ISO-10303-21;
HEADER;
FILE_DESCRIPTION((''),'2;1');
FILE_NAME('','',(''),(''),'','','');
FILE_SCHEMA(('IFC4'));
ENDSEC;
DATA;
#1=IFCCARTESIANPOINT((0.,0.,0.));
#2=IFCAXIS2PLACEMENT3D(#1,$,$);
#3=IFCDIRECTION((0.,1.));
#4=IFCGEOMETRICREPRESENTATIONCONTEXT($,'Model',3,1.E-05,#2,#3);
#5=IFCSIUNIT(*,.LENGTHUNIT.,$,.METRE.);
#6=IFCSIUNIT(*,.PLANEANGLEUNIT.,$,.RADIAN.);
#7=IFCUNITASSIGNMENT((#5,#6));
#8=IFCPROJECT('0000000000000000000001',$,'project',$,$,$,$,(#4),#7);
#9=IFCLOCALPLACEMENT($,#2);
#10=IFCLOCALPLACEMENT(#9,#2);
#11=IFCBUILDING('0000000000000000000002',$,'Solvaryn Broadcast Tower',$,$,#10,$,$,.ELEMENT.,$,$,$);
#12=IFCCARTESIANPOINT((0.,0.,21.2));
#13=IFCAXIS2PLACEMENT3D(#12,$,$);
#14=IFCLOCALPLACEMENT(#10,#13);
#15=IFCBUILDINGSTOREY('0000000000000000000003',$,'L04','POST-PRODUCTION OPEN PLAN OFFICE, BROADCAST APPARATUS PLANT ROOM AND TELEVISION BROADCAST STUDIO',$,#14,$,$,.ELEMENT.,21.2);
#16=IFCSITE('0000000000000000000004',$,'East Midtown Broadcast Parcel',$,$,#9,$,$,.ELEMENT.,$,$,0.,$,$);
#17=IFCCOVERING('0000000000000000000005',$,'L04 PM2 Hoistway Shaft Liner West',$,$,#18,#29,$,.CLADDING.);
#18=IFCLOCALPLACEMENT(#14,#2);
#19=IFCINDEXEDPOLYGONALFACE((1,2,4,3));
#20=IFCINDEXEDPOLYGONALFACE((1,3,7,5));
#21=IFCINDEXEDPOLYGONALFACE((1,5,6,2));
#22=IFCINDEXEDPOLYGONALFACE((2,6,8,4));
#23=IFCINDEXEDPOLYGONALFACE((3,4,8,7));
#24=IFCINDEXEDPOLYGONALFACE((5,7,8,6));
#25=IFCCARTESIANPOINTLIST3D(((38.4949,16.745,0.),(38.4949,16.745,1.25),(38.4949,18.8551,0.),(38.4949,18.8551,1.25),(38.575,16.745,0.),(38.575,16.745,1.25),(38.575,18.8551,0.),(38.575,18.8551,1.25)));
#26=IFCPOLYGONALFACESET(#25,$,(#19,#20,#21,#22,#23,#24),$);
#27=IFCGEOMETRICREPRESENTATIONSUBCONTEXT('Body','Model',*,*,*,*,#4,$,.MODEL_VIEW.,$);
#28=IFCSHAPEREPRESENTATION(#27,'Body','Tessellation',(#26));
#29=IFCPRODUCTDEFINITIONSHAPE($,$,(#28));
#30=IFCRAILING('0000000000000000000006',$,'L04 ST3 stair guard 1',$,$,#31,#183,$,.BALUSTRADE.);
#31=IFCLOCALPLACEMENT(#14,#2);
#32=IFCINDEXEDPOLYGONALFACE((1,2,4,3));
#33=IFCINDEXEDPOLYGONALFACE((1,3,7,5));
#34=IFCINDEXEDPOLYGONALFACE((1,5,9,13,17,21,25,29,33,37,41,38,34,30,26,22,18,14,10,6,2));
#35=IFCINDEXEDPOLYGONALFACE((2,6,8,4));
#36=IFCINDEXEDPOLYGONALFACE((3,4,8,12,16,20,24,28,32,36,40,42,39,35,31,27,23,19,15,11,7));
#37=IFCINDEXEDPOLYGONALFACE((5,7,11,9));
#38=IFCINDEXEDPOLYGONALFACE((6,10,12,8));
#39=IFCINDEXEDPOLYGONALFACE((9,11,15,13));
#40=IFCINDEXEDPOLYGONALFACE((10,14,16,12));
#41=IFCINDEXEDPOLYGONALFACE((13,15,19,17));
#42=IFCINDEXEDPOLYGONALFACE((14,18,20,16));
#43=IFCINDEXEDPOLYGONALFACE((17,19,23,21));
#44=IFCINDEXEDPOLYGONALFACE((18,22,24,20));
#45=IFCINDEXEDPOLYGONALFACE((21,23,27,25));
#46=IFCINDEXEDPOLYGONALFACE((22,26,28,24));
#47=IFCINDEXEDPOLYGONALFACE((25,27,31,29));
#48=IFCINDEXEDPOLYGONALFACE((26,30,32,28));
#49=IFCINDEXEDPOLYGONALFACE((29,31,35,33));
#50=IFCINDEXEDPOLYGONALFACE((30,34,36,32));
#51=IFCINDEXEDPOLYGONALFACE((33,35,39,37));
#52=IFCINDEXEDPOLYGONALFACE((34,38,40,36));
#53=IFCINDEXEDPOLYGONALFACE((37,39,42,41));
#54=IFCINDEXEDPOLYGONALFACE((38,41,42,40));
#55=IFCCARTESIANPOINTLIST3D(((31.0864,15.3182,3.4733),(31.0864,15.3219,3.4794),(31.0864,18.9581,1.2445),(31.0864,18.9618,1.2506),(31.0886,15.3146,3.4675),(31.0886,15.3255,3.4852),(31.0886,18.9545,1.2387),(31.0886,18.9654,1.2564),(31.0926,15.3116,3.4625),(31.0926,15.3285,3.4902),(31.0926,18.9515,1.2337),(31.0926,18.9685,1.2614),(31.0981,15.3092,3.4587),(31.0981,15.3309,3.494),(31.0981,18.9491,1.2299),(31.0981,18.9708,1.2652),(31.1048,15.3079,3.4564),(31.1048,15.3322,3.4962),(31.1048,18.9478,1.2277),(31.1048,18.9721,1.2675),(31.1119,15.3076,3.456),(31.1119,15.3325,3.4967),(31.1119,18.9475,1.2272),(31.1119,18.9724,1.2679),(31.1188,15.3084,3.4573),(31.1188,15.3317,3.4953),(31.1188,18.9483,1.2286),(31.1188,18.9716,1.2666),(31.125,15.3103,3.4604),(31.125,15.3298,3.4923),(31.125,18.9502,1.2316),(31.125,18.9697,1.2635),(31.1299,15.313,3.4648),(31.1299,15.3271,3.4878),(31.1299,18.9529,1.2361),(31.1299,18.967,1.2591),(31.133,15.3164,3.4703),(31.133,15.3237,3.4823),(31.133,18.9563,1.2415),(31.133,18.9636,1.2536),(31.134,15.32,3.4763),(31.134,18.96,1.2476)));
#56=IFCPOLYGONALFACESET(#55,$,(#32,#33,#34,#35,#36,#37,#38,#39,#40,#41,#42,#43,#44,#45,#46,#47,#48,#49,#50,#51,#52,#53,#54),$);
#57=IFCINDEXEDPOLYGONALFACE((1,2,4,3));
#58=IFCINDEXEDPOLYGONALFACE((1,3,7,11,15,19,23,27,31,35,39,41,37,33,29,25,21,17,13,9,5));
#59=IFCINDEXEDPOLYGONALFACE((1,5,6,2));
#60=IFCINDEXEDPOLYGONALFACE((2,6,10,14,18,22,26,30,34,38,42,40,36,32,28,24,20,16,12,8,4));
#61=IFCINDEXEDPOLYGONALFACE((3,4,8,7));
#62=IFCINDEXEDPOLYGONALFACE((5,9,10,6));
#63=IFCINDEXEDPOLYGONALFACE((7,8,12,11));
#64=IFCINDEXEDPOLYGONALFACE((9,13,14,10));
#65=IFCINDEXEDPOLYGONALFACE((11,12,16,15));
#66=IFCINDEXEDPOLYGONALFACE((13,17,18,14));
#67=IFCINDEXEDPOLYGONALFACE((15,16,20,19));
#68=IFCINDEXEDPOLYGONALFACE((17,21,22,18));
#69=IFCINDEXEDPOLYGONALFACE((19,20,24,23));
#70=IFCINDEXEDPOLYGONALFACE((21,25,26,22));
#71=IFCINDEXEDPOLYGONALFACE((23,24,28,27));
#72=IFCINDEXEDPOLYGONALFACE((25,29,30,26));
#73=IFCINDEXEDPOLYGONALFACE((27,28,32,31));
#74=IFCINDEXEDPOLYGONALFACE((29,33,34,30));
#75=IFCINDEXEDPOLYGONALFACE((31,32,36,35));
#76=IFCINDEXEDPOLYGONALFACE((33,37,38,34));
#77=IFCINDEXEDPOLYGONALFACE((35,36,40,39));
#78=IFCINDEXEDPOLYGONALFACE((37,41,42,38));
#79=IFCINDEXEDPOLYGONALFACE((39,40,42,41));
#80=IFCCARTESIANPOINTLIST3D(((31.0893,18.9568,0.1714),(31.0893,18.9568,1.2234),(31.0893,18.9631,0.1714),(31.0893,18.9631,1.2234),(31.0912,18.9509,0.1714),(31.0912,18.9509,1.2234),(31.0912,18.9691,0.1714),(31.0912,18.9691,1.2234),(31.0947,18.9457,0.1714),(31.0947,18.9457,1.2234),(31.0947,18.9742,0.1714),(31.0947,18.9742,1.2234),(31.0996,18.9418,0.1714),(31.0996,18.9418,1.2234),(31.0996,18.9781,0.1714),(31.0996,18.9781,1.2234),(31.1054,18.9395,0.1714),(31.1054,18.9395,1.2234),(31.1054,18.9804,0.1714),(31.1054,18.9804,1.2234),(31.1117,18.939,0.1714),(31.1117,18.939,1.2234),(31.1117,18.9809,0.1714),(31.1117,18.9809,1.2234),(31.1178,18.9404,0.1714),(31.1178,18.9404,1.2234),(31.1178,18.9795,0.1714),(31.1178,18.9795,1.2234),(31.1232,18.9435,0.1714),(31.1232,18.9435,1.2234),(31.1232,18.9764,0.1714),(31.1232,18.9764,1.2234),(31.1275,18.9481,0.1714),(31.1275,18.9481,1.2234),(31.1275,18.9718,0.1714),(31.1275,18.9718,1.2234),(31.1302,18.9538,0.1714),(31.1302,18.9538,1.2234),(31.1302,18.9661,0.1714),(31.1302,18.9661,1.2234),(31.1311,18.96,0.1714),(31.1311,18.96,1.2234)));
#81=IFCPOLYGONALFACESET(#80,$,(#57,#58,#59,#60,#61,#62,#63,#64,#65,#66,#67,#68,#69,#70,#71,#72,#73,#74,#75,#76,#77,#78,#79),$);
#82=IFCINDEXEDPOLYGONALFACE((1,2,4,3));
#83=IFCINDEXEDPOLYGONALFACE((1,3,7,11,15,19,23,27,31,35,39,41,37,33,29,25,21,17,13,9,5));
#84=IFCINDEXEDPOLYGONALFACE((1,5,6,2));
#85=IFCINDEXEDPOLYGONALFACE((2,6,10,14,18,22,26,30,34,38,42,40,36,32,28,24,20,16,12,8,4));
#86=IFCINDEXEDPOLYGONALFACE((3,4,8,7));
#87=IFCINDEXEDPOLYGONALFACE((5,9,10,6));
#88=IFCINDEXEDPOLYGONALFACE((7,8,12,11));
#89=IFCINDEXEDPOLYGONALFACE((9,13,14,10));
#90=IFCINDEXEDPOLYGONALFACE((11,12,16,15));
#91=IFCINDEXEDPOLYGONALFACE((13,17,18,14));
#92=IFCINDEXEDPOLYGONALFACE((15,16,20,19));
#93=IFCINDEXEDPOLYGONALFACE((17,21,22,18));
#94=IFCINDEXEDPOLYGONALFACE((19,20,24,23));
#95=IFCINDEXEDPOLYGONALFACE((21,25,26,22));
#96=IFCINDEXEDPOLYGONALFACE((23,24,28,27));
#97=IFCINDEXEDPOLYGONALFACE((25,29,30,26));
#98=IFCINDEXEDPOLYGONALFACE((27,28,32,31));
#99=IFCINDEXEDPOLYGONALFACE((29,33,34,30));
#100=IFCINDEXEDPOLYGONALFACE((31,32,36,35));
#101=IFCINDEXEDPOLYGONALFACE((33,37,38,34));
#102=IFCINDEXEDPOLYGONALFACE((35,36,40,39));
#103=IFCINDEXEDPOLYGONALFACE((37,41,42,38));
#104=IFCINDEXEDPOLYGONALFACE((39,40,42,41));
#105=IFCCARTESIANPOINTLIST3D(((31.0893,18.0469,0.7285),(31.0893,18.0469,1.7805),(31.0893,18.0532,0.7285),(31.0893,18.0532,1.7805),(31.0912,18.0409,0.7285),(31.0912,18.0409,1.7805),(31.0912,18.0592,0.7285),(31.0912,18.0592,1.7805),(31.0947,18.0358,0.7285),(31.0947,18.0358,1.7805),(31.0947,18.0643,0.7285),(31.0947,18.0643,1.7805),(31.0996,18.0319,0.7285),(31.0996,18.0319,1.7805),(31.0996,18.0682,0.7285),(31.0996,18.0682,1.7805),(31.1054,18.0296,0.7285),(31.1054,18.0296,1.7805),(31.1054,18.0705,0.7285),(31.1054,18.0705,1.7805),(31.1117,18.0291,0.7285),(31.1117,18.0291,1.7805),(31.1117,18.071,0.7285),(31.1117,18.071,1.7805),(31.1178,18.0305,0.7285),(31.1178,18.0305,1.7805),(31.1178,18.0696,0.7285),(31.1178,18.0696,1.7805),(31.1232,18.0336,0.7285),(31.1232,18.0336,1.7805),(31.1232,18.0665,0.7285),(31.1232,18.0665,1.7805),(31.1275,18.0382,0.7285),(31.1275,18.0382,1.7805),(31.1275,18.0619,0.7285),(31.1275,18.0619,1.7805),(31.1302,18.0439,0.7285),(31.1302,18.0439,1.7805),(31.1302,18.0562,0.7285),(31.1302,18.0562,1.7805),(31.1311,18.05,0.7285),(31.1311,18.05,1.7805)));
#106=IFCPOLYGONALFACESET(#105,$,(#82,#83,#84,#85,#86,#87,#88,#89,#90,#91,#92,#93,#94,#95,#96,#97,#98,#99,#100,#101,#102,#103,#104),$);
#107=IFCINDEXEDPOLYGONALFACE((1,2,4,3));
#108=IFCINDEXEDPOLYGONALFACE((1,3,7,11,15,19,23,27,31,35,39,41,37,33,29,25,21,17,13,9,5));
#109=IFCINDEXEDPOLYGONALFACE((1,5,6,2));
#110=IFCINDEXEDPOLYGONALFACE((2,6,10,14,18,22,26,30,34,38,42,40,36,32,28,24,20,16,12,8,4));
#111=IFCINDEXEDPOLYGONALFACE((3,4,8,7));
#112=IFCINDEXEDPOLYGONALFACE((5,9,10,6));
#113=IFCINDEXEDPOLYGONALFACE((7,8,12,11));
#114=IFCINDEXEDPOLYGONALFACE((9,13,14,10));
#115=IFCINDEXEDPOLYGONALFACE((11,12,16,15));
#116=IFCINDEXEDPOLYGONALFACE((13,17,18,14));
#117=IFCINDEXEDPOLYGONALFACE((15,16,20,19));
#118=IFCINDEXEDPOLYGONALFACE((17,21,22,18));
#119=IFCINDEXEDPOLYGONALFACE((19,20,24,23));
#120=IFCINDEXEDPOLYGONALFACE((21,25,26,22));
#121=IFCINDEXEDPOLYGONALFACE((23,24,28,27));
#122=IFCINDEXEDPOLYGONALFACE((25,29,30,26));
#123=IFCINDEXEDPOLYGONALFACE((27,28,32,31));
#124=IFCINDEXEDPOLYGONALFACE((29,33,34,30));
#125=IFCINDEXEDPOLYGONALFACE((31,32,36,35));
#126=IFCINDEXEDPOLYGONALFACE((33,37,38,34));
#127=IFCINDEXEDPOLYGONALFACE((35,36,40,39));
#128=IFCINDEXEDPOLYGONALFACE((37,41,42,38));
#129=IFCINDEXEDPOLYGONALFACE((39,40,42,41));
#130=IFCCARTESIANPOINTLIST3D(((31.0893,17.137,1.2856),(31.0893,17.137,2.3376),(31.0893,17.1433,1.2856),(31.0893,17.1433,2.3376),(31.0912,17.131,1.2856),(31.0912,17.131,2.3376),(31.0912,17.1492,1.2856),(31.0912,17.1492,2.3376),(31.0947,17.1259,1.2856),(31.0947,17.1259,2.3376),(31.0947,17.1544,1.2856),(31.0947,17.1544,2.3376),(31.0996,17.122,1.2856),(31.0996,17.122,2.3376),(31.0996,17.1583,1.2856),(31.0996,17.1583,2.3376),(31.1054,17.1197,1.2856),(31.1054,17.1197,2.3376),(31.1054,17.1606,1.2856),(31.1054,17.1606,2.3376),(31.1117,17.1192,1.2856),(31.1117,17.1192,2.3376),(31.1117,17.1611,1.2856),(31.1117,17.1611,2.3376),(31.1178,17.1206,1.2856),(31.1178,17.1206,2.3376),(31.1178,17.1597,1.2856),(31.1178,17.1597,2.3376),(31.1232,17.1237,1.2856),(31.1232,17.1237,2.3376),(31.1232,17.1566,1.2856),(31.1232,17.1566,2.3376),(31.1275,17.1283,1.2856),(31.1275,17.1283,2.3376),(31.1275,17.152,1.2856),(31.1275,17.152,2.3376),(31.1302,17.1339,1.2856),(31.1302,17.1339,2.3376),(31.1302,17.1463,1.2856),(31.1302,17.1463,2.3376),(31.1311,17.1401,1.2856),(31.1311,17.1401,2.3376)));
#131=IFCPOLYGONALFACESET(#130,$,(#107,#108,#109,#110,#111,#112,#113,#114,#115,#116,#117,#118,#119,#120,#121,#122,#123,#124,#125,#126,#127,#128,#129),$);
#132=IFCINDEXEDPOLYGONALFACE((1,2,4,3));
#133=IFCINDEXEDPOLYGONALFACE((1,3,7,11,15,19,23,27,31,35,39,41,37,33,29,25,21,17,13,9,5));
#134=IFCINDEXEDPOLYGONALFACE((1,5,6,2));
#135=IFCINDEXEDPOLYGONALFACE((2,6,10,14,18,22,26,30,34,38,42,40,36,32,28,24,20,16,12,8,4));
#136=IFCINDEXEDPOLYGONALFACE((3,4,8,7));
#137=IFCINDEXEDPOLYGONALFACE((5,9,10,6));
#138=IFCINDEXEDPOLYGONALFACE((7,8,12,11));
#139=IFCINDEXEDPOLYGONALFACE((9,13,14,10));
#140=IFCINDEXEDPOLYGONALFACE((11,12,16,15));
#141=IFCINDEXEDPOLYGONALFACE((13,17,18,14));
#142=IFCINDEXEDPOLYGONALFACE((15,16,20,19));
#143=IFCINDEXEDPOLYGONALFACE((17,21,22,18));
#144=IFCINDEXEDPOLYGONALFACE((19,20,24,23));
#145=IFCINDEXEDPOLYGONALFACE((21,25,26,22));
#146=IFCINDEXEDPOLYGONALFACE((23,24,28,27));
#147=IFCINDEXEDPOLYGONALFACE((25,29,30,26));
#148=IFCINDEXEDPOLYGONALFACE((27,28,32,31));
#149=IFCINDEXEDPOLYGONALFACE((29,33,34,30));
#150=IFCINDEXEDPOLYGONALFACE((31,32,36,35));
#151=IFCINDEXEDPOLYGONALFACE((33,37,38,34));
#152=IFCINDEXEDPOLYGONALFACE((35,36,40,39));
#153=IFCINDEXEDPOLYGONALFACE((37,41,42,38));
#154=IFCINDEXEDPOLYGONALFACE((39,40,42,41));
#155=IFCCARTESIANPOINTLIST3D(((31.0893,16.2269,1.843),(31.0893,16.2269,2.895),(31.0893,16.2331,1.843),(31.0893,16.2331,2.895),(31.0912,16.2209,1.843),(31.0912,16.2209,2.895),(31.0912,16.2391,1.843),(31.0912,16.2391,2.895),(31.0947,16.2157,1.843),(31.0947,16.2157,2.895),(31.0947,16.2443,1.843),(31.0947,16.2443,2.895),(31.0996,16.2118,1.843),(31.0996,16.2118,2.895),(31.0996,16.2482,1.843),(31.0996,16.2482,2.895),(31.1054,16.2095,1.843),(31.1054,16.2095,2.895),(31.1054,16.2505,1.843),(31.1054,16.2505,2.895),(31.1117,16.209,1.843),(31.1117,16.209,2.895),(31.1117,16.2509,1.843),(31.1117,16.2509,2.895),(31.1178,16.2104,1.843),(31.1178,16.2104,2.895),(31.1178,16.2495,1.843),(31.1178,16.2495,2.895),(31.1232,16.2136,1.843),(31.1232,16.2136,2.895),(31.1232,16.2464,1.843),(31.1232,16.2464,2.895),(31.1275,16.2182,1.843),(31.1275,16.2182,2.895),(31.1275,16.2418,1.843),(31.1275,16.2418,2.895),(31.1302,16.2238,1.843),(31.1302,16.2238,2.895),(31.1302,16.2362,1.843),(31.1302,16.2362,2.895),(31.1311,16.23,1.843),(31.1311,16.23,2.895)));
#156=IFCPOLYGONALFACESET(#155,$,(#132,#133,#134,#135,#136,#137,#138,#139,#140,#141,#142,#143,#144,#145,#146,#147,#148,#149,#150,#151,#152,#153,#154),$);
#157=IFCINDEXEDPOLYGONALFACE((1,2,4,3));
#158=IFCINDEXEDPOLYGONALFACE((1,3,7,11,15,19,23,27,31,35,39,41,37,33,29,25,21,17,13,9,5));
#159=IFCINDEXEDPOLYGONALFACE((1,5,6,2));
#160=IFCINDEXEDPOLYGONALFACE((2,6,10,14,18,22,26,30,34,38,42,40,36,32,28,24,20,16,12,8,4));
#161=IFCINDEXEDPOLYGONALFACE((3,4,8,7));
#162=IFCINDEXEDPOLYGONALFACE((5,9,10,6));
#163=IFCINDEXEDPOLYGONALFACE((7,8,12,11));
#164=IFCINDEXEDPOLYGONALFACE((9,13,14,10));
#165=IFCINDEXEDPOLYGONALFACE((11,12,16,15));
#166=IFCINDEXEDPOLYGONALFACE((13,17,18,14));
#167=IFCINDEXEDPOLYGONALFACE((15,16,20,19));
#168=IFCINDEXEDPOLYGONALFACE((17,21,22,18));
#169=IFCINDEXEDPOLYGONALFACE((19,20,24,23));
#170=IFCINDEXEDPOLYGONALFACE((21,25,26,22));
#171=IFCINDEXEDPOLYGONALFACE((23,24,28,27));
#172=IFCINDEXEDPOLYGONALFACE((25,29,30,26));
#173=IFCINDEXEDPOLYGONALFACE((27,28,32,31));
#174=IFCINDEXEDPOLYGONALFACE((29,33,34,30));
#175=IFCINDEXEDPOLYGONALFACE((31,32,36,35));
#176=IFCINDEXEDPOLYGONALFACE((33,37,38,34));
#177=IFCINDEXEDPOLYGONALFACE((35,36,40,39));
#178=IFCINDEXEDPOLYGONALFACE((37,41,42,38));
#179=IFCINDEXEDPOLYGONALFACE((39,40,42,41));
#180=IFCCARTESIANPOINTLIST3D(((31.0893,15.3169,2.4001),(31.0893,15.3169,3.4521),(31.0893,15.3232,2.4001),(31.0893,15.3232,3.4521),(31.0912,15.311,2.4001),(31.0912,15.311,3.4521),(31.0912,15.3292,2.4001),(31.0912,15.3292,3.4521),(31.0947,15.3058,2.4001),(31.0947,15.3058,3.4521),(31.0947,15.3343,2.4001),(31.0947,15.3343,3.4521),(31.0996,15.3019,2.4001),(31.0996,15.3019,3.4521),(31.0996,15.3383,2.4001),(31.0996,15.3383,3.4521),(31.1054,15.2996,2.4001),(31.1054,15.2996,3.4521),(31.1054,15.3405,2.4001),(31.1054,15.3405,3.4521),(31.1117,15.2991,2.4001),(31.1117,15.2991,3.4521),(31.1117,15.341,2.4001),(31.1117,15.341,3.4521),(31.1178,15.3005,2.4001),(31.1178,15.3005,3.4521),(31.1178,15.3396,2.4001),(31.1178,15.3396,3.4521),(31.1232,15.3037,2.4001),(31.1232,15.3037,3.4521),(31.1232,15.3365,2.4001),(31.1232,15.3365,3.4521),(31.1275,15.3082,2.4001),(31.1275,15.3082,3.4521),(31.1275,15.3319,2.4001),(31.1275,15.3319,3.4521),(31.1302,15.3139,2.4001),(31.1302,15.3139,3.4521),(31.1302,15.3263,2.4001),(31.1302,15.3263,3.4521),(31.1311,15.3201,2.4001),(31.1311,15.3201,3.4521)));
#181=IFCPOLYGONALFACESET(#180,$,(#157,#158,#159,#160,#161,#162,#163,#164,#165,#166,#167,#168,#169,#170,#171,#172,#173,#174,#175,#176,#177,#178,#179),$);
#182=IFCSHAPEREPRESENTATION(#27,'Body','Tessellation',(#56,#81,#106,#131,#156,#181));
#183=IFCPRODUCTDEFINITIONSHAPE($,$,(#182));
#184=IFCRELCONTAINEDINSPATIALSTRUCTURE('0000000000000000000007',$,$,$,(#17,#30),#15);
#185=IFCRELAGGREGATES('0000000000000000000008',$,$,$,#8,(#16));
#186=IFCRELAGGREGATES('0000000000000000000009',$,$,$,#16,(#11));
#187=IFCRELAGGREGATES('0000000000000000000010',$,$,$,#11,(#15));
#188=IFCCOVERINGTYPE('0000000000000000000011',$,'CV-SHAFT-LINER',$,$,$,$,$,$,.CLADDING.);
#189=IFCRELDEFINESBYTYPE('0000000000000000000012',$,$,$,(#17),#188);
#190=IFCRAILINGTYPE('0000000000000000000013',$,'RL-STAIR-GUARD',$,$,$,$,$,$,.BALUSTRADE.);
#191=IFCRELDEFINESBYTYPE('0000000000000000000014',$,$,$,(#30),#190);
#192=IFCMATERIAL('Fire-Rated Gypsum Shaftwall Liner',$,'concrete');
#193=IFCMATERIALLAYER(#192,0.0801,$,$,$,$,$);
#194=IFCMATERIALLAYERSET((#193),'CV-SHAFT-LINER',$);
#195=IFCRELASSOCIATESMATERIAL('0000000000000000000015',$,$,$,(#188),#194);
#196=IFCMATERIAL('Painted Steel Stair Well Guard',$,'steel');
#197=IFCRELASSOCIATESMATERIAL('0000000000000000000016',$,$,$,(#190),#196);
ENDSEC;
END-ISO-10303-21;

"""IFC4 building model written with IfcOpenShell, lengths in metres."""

from ifc_helpers import new_model, si_unit, direction, frame, origin, origin_2d, place, context, subcontext, project, spatial, rectangle, circle, extrude, material, layer, layer_set, type_object, element, save


model = new_model("IFC4")

# Units and contexts
model_context = context("Model", 3, precision=1e-05, world=origin(), true_north=direction((0.0, 1.0)))
body_context = subcontext(model_context, "Body", "Model", "MODEL_VIEW")
ifc_project = project(units=[si_unit("LENGTHUNIT", "METRE"), si_unit("PLANEANGLEUNIT", "RADIAN")], contexts=[model_context])

# Site, building, storey
site_placement = place(None, origin())
site = spatial("IfcSite", under=ifc_project, at=site_placement, Name="East Midtown Broadcast Parcel", CompositionType="ELEMENT", RefElevation=0.0)
building_placement = place(site_placement, origin())
building = spatial("IfcBuilding", under=site, at=building_placement, Name="Solvaryn Broadcast Tower", CompositionType="ELEMENT")
storey_placement = place(building_placement, frame((0.0, 0.0, 21.2)))
storey = spatial("IfcBuildingStorey", under=building, at=storey_placement, Name="L04", Description="POST-PRODUCTION OPEN PLAN OFFICE, BROADCAST APPARATUS PLANT ROOM AND TELEVISION BROADCAST STUDIO", CompositionType="ELEMENT", Elevation=21.2)

# Covering
ifc_material_1 = material(Name="Fire-Rated Gypsum Shaftwall Liner", Category="concrete")
ifc_layer_1 = layer(ifc_material_1, 0.0801)
ifc_layer_set_1 = layer_set([ifc_layer_1], Name="CV-SHAFT-LINER")
covering_type = type_object("IfcCoveringType", Name="CV-SHAFT-LINER", PredefinedType="CLADDING", material=ifc_layer_set_1)
for number, where, z_axis, x_axis, name in (
    (1, (38.5349, 17.8, 0.0), (0.0, 0.0, 1.0), (1.0, 0.0, 0.0), "L04 PM2 Hoistway Shaft Liner West"),
):
    element("IfcCovering", number, at=place(storey_placement, frame(where, z_axis=z_axis, x_axis=x_axis)), inside=storey, type_object=covering_type, Name=name, PredefinedType="CLADDING", context=body_context, shape_type="SweptSolid", body=[
        extrude(rectangle(XDim=0.0801, YDim=2.1101, at=origin_2d()), origin(), (0.0, 0.0, 1.0), 1.25),
    ])

# Railing
ifc_material_2 = material(Name="Painted Steel Stair Well Guard", Category="steel")
railing_type_1 = type_object("IfcRailingType", Name="RL-STAIR-GUARD", PredefinedType="BALUSTRADE", material=ifc_material_2)
railing_1_placement = place(storey_placement, frame((31.1101, 18.96, 0.1714)))
element("IfcRailing", 2, at=railing_1_placement, inside=storey, type_object=railing_type_1, Name="L04 ST3 stair guard 1", PredefinedType="BALUSTRADE", context=body_context, shape_type="SweptSolid", body=[
    extrude(circle(Radius=0.0239, at=origin_2d()), frame((0.0, 0.0, 1.0762), z_axis=(0.0, -0.852825, 0.522197), x_axis=(1.0, 0.0, 0.0)), (0.0, 0.0, 1.0), 4.2681),
    extrude(circle(Radius=0.021, at=origin_2d()), origin(), (0.0, 0.0, 1.0), 1.052),
    extrude(circle(Radius=0.021, at=origin_2d()), frame((0.0, -0.9099, 0.5571)), (0.0, 0.0, 1.0), 1.052),
    extrude(circle(Radius=0.021, at=origin_2d()), frame((0.0, -1.8198, 1.1143)), (0.0, 0.0, 1.0), 1.052),
    extrude(circle(Radius=0.021, at=origin_2d()), frame((0.0, -2.73, 1.6716)), (0.0, 0.0, 1.0), 1.052),
    extrude(circle(Radius=0.021, at=origin_2d()), frame((0.0, -3.6399, 2.2288)), (0.0, 0.0, 1.0), 1.052),
])

save(model, "model.ifc")
